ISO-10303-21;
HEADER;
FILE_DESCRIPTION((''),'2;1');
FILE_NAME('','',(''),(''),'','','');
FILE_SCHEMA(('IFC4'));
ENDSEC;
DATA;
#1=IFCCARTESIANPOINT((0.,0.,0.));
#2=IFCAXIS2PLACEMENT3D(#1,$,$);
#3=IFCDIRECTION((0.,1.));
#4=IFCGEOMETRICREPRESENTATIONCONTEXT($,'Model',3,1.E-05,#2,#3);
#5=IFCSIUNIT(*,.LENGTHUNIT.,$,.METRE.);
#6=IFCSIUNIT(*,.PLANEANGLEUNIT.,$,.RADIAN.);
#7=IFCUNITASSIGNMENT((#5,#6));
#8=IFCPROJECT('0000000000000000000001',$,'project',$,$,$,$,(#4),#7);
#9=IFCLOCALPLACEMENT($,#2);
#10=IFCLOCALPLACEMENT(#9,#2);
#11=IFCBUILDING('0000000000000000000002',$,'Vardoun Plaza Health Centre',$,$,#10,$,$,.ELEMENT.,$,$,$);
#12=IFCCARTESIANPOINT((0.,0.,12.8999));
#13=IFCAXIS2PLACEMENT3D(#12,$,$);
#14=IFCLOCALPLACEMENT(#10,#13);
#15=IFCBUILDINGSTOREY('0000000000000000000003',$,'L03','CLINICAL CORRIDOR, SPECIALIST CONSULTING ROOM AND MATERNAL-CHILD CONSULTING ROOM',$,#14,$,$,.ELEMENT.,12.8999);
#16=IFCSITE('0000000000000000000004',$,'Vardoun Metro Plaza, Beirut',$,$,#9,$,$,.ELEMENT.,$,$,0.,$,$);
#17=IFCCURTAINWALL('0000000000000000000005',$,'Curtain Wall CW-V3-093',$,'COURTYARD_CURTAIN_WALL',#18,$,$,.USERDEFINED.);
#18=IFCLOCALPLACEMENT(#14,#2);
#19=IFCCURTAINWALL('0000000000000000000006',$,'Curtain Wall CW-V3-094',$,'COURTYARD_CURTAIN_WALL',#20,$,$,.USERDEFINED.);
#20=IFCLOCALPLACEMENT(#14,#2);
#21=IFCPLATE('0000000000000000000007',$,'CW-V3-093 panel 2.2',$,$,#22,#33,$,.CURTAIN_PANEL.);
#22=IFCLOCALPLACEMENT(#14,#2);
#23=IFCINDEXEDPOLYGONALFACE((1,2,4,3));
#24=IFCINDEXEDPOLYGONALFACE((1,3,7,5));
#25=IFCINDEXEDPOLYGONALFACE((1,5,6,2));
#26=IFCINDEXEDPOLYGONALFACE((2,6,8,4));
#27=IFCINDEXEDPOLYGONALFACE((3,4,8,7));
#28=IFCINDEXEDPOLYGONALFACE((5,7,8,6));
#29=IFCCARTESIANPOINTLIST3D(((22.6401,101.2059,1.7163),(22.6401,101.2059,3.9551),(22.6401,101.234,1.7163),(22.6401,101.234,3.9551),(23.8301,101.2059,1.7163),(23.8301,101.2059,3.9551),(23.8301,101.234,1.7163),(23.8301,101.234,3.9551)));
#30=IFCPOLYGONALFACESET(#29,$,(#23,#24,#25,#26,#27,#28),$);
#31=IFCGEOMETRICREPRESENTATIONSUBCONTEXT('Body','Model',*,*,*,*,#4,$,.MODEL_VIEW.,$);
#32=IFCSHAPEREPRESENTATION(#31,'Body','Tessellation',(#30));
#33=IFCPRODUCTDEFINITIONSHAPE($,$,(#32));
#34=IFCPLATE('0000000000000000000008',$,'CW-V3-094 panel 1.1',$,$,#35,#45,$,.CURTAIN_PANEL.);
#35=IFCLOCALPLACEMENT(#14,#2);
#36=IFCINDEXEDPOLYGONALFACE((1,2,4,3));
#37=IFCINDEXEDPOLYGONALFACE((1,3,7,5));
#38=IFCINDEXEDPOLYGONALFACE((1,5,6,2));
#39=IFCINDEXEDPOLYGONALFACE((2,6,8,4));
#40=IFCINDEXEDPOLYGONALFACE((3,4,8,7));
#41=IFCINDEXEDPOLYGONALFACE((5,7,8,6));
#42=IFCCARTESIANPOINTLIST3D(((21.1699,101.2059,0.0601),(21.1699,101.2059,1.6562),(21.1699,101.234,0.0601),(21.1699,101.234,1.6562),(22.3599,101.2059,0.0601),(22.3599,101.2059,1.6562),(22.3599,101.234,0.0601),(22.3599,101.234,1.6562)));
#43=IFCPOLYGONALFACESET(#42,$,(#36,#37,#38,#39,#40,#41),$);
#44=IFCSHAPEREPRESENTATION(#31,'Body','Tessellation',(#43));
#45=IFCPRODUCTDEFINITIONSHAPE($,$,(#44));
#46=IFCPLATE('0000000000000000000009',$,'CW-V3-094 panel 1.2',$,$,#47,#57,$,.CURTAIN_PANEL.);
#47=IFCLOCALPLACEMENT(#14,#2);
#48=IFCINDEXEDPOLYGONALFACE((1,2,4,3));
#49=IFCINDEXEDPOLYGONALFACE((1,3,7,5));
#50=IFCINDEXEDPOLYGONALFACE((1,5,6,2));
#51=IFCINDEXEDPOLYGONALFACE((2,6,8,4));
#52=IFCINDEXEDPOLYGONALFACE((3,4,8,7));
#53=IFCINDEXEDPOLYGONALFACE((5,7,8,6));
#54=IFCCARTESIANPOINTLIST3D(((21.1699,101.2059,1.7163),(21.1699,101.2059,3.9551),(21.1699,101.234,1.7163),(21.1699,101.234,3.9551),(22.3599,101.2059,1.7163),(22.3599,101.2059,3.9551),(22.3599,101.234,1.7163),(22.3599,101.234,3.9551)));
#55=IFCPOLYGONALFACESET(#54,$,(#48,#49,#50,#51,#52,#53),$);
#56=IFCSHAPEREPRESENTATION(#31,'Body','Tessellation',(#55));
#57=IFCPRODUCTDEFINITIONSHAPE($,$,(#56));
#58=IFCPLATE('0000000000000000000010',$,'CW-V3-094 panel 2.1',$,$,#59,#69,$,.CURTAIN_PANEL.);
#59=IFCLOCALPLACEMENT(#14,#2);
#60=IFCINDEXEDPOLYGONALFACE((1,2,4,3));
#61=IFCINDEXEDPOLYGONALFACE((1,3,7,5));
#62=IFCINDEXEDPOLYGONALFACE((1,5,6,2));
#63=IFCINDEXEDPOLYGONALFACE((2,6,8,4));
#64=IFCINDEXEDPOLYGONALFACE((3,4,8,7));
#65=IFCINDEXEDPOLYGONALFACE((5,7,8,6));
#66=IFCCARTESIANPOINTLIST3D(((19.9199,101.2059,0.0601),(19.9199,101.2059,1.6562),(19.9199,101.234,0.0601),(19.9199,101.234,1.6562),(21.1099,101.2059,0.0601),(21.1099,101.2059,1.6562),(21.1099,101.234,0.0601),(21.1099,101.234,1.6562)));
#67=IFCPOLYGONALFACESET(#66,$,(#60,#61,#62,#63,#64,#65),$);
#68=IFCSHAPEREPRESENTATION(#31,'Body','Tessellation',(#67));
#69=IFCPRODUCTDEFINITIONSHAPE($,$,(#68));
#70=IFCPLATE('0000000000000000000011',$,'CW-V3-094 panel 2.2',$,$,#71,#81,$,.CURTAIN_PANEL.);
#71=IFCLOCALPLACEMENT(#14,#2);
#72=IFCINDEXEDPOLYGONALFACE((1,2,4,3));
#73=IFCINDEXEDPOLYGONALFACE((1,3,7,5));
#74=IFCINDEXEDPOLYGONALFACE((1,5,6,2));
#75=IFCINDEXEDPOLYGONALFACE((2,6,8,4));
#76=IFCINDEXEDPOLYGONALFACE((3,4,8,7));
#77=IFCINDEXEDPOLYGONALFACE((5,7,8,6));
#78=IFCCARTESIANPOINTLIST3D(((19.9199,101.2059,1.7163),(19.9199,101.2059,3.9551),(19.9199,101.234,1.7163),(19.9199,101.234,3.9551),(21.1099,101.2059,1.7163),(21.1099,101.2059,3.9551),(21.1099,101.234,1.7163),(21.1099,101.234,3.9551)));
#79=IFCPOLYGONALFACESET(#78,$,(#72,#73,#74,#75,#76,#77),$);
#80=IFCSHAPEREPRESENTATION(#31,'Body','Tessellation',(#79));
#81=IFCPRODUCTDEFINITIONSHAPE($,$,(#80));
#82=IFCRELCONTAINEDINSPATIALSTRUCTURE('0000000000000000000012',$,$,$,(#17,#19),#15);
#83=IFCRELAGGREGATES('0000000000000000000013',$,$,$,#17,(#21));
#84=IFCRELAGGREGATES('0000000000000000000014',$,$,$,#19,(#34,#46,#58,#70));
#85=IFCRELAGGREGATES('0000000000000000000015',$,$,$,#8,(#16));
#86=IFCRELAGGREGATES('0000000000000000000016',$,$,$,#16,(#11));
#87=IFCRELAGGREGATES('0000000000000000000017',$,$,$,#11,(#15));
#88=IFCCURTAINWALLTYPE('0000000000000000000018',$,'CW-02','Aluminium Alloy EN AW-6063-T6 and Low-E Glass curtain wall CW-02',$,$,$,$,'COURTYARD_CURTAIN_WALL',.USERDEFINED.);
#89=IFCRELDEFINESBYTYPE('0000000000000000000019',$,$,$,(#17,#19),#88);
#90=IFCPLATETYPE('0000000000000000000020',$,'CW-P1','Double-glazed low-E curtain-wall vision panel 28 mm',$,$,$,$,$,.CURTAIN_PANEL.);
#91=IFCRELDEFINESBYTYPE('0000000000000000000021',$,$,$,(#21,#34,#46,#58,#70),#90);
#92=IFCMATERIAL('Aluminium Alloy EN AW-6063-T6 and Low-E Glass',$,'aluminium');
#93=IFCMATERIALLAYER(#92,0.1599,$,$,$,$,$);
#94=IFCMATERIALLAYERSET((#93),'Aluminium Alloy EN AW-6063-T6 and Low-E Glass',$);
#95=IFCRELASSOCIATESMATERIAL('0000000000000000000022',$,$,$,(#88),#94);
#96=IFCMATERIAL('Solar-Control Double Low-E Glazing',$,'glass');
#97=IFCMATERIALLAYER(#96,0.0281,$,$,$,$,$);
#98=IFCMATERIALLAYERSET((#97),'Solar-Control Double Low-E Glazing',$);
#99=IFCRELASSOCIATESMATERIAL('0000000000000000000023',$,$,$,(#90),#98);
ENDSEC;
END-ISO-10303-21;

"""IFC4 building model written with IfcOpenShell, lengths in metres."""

from ifc_helpers import new_model, si_unit, direction, frame, origin, origin_2d, place, context, subcontext, project, spatial, rectangle, extrude, material, layer, layer_set, type_object, element, aggregate, save


model = new_model("IFC4")

# Units and contexts
model_context = context("Model", 3, precision=1e-05, world=origin(), true_north=direction((0.0, 1.0)))
body_context = subcontext(model_context, "Body", "Model", "MODEL_VIEW")
ifc_project = project(units=[si_unit("LENGTHUNIT", "METRE"), si_unit("PLANEANGLEUNIT", "RADIAN")], contexts=[model_context])

# Site, building, storey
site_placement = place(None, origin())
site = spatial("IfcSite", under=ifc_project, at=site_placement, Name="Vardoun Metro Plaza, Beirut", CompositionType="ELEMENT", RefElevation=0.0)
building_placement = place(site_placement, origin())
building = spatial("IfcBuilding", under=site, at=building_placement, Name="Vardoun Plaza Health Centre", CompositionType="ELEMENT")
storey_placement = place(building_placement, frame((0.0, 0.0, 12.8999)))
storey = spatial("IfcBuildingStorey", under=building, at=storey_placement, Name="L03", Description="CLINICAL CORRIDOR, SPECIALIST CONSULTING ROOM AND MATERNAL-CHILD CONSULTING ROOM", CompositionType="ELEMENT", Elevation=12.8999)

# Shared definitions
ifc_material_1 = material(Name="Aluminium Alloy EN AW-6063-T6 and Low-E Glass", Category="aluminium")
ifc_layer_1 = layer(ifc_material_1, 0.1599)
ifc_layer_set_1 = layer_set([ifc_layer_1], Name="Aluminium Alloy EN AW-6063-T6 and Low-E Glass")
curtain_wall_type = type_object("IfcCurtainWallType", Name="CW-02", Description="Aluminium Alloy EN AW-6063-T6 and Low-E Glass curtain wall CW-02", ElementType="COURTYARD_CURTAIN_WALL", PredefinedType="USERDEFINED", material=ifc_layer_set_1)

# Curtain walls
curtain_wall_1_placement = place(storey_placement, origin())
curtain_wall_1 = element("IfcCurtainWall", 1, at=curtain_wall_1_placement, inside=storey, type_object=curtain_wall_type, Name="Curtain Wall CW-V3-093", ObjectType="COURTYARD_CURTAIN_WALL", PredefinedType="USERDEFINED")
curtain_wall_2_placement = place(storey_placement, origin())
curtain_wall_2 = element("IfcCurtainWall", 2, at=curtain_wall_2_placement, inside=storey, type_object=curtain_wall_type, Name="Curtain Wall CW-V3-094", ObjectType="COURTYARD_CURTAIN_WALL", PredefinedType="USERDEFINED")

# Plates
ifc_material_2 = material(Name="Solar-Control Double Low-E Glazing", Category="glass")
ifc_layer_2 = layer(ifc_material_2, 0.0281)
ifc_layer_set_2 = layer_set([ifc_layer_2], Name="Solar-Control Double Low-E Glazing")
plate_type = type_object("IfcPlateType", Name="CW-P1", Description="Double-glazed low-E curtain-wall vision panel 28 mm", PredefinedType="CURTAIN_PANEL", material=ifc_layer_set_2)
plate_1_placement = place(storey_placement, frame((23.2351, 101.22, 1.7163), z_axis=(0.0, 0.0, 1.0), x_axis=(-1.0, 0.0, 0.0)))
plate_1 = element("IfcPlate", 3, at=plate_1_placement, type_object=plate_type, Name="CW-V3-093 panel 2.2", PredefinedType="CURTAIN_PANEL", context=body_context, shape_type="SweptSolid", body=[
    extrude(rectangle(XDim=1.1899, YDim=0.0281, at=origin_2d()), origin(), (0.0, 0.0, 1.0), 2.2388),
])
aggregate(curtain_wall_1, [plate_1])
plate_2_placement = place(storey_placement, frame((21.7649, 101.22, 0.0601), z_axis=(0.0, 0.0, 1.0), x_axis=(-1.0, 0.0, 0.0)))
plate_2 = element("IfcPlate", 4, at=plate_2_placement, type_object=plate_type, Name="CW-V3-094 panel 1.1", PredefinedType="CURTAIN_PANEL", context=body_context, shape_type="SweptSolid", body=[
    extrude(rectangle(XDim=1.1899, YDim=0.0281, at=origin_2d()), origin(), (0.0, 0.0, 1.0), 1.5962),
])
plate_3_placement = place(storey_placement, frame((21.7649, 101.22, 1.7163), z_axis=(0.0, 0.0, 1.0), x_axis=(-1.0, 0.0, 0.0)))
plate_3 = element("IfcPlate", 5, at=plate_3_placement, type_object=plate_type, Name="CW-V3-094 panel 1.2", PredefinedType="CURTAIN_PANEL", context=body_context, shape_type="SweptSolid", body=[
    extrude(rectangle(XDim=1.1899, YDim=0.0281, at=origin_2d()), origin(), (0.0, 0.0, 1.0), 2.2388),
])
plate_4_placement = place(storey_placement, frame((20.5149, 101.22, 0.0601), z_axis=(0.0, 0.0, 1.0), x_axis=(-1.0, 0.0, 0.0)))
plate_4 = element("IfcPlate", 6, at=plate_4_placement, type_object=plate_type, Name="CW-V3-094 panel 2.1", PredefinedType="CURTAIN_PANEL", context=body_context, shape_type="SweptSolid", body=[
    extrude(rectangle(XDim=1.1899, YDim=0.0281, at=origin_2d()), origin(), (0.0, 0.0, 1.0), 1.5962),
])
plate_5_placement = place(storey_placement, frame((20.5149, 101.22, 1.7163), z_axis=(0.0, 0.0, 1.0), x_axis=(-1.0, 0.0, 0.0)))
plate_5 = element("IfcPlate", 7, at=plate_5_placement, type_object=plate_type, Name="CW-V3-094 panel 2.2", PredefinedType="CURTAIN_PANEL", context=body_context, shape_type="SweptSolid", body=[
    extrude(rectangle(XDim=1.1899, YDim=0.0281, at=origin_2d()), origin(), (0.0, 0.0, 1.0), 2.2388),
])
aggregate(curtain_wall_2, [plate_2, plate_3, plate_4, plate_5])

save(model, "model.ifc")
